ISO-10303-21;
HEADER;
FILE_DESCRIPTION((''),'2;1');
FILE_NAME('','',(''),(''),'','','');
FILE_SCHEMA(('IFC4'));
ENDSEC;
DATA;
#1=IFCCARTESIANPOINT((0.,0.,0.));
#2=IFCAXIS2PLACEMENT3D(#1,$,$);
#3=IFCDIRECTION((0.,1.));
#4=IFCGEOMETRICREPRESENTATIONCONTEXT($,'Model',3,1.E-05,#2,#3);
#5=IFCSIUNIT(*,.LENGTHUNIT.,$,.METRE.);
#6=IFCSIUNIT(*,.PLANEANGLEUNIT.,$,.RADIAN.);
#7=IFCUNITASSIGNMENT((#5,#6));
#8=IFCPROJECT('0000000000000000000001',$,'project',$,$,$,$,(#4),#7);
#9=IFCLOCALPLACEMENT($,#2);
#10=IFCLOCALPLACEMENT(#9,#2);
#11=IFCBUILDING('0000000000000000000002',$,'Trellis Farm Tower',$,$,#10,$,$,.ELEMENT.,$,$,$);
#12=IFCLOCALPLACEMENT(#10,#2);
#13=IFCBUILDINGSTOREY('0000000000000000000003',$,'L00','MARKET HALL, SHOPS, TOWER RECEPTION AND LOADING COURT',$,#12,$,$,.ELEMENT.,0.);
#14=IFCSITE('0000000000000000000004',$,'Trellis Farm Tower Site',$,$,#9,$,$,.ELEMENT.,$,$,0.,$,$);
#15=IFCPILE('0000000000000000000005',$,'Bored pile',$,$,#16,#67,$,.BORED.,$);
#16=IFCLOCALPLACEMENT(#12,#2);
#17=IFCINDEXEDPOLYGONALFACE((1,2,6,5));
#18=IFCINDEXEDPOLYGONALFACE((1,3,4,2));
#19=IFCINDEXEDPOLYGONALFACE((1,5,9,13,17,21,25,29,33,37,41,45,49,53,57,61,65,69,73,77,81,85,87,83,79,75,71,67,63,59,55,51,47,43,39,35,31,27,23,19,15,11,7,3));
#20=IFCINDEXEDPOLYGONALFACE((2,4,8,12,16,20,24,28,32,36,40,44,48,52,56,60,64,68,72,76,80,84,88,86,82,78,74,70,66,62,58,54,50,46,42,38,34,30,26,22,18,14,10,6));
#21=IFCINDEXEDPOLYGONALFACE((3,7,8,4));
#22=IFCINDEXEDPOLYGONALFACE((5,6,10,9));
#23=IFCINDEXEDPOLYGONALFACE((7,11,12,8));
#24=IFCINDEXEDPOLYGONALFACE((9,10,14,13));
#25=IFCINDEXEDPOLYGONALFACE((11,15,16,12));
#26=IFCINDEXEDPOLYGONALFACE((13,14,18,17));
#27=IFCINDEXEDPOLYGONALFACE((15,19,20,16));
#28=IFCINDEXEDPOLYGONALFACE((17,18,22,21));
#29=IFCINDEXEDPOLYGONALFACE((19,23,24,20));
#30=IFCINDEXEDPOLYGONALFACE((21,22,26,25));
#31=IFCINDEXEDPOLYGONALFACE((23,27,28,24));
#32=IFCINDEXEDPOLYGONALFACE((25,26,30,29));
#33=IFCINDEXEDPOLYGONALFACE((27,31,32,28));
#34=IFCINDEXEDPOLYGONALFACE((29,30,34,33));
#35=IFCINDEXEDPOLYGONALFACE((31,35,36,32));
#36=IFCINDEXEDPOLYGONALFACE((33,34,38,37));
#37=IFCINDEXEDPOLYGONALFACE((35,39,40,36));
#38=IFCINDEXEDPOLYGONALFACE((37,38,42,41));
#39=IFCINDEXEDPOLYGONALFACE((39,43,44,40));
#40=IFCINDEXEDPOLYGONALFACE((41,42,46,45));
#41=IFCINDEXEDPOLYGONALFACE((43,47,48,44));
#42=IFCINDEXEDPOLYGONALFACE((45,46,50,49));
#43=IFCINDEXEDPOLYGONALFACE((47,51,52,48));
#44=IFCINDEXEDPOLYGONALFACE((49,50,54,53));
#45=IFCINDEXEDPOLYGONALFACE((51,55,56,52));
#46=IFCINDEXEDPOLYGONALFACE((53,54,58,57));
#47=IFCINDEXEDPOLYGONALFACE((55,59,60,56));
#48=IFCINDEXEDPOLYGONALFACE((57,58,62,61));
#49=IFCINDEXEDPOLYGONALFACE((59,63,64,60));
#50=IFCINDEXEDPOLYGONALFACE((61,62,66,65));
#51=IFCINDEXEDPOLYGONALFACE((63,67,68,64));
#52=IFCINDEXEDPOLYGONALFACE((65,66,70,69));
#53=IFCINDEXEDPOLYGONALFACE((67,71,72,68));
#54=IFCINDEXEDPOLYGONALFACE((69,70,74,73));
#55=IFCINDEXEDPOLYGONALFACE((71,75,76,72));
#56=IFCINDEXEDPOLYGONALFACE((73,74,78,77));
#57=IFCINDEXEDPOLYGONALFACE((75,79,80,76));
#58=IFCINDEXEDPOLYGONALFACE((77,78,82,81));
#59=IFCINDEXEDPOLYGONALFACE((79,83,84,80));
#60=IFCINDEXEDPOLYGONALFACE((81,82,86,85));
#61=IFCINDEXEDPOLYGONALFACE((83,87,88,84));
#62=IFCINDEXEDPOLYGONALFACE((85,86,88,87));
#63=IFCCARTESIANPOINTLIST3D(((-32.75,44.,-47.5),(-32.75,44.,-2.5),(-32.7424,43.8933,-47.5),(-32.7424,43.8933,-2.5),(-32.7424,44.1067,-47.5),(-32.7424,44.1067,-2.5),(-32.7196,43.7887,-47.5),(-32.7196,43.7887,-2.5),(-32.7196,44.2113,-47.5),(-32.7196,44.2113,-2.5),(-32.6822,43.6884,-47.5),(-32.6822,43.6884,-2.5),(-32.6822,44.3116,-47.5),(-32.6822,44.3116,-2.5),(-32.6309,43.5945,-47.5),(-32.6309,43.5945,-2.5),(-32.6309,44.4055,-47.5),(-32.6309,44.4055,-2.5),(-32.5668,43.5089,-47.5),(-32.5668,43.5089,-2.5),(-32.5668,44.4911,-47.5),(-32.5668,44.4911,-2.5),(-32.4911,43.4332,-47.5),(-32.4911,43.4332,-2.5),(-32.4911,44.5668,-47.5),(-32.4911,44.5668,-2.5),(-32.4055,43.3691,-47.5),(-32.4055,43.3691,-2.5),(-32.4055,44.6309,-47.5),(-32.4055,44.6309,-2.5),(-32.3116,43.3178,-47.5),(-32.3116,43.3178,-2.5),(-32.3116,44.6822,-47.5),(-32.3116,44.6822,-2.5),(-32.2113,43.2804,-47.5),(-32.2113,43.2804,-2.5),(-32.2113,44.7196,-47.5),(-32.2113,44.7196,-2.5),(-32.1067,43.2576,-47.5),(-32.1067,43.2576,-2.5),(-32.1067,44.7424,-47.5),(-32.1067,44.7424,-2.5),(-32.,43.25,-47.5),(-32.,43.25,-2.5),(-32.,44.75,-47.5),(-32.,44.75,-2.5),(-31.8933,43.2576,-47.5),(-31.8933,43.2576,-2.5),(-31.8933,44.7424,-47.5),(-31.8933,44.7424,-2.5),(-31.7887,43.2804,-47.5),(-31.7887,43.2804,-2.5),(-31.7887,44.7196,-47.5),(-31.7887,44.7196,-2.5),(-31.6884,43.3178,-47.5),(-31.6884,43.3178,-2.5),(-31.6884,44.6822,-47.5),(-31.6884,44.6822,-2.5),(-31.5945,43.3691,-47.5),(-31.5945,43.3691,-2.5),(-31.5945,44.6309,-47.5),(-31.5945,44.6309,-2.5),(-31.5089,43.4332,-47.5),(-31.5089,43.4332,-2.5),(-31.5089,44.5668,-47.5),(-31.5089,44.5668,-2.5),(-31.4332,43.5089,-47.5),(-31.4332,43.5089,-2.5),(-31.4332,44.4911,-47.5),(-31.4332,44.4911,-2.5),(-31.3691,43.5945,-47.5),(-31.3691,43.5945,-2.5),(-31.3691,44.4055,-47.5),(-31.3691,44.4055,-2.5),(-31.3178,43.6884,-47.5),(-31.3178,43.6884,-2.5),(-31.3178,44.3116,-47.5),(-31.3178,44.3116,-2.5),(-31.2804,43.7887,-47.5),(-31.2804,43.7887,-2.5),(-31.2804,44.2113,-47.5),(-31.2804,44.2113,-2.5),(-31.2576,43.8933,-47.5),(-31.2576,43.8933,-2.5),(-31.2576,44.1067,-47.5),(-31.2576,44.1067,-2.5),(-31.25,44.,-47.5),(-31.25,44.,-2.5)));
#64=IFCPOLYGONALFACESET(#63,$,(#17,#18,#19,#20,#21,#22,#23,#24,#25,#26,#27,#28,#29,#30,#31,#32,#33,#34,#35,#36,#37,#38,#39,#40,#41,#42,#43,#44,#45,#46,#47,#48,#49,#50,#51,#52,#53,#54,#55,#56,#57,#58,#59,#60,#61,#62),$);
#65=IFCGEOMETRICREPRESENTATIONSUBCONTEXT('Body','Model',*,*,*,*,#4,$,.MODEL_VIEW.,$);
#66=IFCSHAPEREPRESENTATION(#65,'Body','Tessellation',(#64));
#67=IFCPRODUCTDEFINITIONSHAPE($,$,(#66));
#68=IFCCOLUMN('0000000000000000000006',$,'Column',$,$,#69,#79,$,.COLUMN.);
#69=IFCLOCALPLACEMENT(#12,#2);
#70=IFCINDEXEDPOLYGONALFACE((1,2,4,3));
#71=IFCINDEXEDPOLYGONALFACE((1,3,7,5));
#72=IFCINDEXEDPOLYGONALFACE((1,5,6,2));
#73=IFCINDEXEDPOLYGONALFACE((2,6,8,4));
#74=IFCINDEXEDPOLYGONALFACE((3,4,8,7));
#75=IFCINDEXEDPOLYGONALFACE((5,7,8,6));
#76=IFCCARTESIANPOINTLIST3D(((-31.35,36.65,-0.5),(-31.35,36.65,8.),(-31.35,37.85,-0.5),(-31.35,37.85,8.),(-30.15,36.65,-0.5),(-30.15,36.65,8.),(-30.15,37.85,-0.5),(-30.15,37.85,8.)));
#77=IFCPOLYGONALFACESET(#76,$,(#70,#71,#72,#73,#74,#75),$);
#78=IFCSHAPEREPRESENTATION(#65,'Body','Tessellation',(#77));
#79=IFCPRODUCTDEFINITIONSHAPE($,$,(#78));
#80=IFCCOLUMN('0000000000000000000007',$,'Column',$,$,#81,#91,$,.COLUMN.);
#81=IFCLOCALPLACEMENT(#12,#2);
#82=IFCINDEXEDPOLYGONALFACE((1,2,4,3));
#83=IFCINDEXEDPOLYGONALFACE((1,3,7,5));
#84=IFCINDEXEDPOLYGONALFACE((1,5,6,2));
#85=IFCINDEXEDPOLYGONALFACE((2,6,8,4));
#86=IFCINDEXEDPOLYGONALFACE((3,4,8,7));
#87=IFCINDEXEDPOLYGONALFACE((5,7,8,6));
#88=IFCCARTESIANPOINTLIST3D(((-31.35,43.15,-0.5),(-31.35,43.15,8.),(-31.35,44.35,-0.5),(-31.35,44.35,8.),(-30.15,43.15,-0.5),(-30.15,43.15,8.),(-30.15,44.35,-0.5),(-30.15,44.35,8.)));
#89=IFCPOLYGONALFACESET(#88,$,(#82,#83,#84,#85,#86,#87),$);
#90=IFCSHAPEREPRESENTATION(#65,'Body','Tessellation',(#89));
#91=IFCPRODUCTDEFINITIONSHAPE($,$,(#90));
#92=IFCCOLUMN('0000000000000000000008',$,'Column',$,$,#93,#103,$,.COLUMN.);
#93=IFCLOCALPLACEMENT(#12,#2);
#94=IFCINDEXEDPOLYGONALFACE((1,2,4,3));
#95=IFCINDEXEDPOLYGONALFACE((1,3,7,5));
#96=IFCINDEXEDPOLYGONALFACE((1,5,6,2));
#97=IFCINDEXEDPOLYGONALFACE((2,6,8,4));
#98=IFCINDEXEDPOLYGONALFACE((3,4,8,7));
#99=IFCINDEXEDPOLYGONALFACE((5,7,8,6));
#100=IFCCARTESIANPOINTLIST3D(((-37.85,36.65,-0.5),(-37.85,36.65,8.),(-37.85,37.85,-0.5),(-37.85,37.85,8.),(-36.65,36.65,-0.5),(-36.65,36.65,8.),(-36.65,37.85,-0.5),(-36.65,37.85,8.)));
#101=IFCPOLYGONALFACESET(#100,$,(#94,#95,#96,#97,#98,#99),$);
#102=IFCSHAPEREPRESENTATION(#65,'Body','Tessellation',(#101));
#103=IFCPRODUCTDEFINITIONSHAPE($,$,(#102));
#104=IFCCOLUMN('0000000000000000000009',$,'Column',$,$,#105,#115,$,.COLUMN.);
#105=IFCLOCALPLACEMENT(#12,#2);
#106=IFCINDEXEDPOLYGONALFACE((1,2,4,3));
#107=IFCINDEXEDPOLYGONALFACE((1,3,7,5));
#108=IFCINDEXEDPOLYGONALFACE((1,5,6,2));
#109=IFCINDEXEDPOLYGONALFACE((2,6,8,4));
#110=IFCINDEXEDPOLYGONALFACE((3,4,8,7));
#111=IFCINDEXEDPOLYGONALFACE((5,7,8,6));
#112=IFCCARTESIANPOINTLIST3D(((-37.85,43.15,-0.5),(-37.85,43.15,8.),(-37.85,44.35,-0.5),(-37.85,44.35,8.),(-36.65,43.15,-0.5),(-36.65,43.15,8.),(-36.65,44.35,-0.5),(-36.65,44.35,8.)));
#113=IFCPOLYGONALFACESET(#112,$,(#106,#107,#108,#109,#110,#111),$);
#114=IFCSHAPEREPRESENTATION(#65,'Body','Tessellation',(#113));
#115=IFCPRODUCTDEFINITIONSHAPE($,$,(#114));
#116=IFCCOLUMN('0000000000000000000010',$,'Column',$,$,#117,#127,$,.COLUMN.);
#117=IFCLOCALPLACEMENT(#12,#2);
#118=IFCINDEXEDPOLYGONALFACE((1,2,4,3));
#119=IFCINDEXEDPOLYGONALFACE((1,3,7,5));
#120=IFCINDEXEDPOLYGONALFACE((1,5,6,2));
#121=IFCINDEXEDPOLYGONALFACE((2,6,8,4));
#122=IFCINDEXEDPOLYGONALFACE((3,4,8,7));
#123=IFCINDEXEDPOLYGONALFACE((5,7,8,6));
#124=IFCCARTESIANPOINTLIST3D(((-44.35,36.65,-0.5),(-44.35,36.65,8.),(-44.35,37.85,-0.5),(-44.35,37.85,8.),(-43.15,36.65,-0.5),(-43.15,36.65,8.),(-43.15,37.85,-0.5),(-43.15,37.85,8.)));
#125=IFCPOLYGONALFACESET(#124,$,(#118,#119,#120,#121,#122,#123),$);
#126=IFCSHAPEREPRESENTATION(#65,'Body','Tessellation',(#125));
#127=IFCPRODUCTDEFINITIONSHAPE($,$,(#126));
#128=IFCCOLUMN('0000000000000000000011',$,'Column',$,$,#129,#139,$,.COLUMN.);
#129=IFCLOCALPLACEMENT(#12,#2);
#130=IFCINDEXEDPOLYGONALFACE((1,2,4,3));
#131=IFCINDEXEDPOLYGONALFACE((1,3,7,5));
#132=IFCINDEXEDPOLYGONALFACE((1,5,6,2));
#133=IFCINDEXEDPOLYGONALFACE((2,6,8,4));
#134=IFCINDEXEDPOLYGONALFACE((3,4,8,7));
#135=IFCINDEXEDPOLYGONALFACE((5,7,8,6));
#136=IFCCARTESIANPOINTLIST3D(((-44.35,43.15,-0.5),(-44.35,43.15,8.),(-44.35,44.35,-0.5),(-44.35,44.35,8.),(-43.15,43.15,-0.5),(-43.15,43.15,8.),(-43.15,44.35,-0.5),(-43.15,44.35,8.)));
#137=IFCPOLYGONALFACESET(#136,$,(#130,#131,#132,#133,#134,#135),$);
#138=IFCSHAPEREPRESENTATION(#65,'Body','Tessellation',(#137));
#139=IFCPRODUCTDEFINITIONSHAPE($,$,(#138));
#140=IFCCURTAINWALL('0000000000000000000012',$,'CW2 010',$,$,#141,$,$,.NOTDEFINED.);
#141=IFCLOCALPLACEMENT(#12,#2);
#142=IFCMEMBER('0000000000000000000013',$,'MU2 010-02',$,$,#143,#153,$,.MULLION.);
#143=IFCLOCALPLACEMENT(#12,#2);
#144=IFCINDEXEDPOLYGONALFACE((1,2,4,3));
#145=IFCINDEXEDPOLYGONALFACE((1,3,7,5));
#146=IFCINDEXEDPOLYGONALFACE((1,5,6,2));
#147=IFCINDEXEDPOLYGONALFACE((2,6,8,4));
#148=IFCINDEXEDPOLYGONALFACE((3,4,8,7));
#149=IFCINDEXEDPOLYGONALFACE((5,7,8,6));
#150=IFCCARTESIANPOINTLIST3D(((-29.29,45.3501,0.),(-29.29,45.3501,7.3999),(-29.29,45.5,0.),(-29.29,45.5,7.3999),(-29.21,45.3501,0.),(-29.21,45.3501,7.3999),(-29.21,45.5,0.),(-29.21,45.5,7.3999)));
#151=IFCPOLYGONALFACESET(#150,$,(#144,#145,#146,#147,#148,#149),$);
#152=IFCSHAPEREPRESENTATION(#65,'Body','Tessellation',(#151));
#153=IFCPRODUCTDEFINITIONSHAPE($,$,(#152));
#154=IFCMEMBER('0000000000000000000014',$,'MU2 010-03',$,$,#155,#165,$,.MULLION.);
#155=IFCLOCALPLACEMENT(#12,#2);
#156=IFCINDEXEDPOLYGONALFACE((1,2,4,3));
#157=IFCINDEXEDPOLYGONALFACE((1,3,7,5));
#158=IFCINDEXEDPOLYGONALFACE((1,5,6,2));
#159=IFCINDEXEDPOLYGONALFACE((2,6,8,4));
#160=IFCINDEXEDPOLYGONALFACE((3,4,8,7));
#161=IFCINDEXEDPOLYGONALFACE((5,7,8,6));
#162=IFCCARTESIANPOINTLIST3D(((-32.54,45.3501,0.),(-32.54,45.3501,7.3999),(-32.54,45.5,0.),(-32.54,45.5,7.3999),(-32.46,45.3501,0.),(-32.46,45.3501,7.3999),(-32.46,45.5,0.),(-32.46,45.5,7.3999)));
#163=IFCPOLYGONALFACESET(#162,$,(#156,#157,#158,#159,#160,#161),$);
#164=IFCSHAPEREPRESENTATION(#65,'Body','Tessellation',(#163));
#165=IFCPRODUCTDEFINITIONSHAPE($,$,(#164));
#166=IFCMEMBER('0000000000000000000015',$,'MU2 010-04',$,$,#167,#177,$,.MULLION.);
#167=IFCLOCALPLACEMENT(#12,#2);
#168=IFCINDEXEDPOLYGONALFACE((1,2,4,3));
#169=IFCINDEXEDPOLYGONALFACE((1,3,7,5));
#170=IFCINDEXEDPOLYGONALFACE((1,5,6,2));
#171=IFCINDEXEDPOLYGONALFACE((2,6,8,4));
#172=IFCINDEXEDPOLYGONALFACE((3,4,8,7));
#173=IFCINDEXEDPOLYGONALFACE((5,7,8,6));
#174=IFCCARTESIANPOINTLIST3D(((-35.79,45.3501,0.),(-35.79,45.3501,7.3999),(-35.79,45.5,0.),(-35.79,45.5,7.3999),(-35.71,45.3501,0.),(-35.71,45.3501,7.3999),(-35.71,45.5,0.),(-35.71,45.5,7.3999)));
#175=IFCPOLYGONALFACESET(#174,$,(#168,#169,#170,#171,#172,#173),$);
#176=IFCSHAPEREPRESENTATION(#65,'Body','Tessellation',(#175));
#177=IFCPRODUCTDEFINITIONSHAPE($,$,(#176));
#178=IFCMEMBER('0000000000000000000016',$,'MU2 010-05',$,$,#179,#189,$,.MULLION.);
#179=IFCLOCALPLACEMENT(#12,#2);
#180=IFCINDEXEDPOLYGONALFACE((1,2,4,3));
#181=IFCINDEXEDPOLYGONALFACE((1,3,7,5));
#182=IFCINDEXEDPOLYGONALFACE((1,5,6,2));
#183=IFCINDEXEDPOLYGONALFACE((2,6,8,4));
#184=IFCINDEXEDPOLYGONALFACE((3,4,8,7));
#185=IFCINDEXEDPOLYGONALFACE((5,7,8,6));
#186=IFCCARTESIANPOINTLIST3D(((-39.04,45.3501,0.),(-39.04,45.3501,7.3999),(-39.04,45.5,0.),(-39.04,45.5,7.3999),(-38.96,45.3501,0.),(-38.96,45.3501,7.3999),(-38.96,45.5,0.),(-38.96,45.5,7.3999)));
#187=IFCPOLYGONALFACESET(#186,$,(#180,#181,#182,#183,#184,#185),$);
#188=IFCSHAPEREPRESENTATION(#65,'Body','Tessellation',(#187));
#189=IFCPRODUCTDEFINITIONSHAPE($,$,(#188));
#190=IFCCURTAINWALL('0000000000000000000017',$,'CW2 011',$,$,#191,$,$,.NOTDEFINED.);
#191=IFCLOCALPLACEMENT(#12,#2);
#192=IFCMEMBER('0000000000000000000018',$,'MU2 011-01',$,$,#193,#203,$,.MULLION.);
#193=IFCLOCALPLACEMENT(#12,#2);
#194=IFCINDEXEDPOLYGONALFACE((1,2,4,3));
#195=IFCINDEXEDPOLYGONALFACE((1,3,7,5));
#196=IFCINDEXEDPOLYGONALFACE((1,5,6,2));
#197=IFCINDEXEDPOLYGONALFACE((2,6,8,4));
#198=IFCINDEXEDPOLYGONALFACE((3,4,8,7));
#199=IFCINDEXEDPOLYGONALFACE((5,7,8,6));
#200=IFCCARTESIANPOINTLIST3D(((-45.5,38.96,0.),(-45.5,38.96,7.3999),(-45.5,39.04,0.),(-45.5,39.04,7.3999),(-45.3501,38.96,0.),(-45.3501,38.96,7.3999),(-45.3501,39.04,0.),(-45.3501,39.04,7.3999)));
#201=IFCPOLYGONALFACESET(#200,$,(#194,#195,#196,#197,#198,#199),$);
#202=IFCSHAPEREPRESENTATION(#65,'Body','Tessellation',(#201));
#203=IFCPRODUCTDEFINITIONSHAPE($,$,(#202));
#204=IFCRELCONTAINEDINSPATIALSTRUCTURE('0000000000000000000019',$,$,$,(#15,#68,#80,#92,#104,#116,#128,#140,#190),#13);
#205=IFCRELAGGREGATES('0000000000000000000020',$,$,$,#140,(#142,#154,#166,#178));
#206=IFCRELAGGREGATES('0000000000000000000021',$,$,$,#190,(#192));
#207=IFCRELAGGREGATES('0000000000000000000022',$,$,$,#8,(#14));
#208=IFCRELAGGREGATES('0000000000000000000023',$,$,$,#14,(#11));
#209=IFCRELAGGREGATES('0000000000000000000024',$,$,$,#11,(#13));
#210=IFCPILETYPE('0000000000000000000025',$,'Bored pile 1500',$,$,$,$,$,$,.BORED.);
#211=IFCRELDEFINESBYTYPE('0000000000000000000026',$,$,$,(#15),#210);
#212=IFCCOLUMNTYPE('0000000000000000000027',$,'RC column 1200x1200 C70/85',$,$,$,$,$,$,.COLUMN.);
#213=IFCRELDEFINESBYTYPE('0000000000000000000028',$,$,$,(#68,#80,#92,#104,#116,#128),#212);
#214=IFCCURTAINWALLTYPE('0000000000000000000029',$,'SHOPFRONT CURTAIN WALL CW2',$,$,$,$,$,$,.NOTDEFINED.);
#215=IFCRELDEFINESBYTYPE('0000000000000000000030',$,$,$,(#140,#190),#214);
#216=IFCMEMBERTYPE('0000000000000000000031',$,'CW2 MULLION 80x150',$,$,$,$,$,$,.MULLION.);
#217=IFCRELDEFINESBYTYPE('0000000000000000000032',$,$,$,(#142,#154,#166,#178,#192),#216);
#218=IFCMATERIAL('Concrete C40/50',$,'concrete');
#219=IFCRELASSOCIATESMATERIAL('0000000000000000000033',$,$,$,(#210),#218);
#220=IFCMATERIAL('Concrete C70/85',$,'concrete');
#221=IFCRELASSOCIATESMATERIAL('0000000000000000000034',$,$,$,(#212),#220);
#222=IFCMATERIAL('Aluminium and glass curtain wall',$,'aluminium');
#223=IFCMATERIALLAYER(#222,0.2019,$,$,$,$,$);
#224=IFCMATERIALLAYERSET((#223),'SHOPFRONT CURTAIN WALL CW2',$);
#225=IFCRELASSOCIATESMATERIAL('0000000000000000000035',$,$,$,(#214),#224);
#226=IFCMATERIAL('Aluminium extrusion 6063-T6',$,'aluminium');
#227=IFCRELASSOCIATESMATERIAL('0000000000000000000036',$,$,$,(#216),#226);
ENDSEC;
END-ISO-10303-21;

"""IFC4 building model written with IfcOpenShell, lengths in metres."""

from ifc_helpers import new_model, si_unit, direction, frame, origin, origin_2d, place, context, subcontext, project, spatial, rectangle, circle, extrude, source, transform, mapped, material, layer, layer_set, material_profile, profile_set, type_object, element, aggregate, save


model = new_model("IFC4")

# Units and contexts
model_context = context("Model", 3, precision=1e-05, world=origin(), true_north=direction((0.0, 1.0)))
body_context = subcontext(model_context, "Body", "Model", "MODEL_VIEW")
ifc_project = project(units=[si_unit("LENGTHUNIT", "METRE"), si_unit("PLANEANGLEUNIT", "RADIAN")], contexts=[model_context])

# Site, building, storey
site_placement = place(None, origin())
site = spatial("IfcSite", under=ifc_project, at=site_placement, Name="Trellis Farm Tower Site", CompositionType="ELEMENT", RefElevation=0.0)
building_placement = place(site_placement, origin())
building = spatial("IfcBuilding", under=site, at=building_placement, Name="Trellis Farm Tower", CompositionType="ELEMENT")
storey_placement = place(building_placement, origin())
storey = spatial("IfcBuildingStorey", under=building, at=storey_placement, Name="L00", Description="MARKET HALL, SHOPS, TOWER RECEPTION AND LOADING COURT", CompositionType="ELEMENT", Elevation=0.0)

# Pile
ifc_material_1 = material(Name="Concrete C40/50", Category="concrete")
ifc_material_profile_1 = material_profile(ifc_material_1, circle(Radius=0.75, at=origin_2d()), Name="Bored pile 1500")
ifc_profile_set_1 = profile_set([ifc_material_profile_1], Name="Concrete C40/50")
pile_type = type_object("IfcPileType", Name="Bored pile 1500", PredefinedType="BORED", material=ifc_profile_set_1)
shared_shape_1 = source(origin(), body_context, "Body", "SweptSolid", [
    extrude(circle(Radius=0.75, at=origin_2d()), origin(), (0.0, 0.0, 1.0), 45.0),
])
for number, where, z_axis, x_axis, name in (
    (1, (-32.0, 44.0, -2.5), (0.0, 0.0, -1.0), (1.0, 0.0, 0.0), "Bored pile"),
):
    element("IfcPile", number, at=place(storey_placement, frame(where, z_axis=z_axis, x_axis=x_axis)), inside=storey, type_object=pile_type, Name=name, PredefinedType="BORED", context=body_context, shape_type="MappedRepresentation", body=[
        mapped(shared_shape_1, transform((0.0, 0.0, 0.0))),
    ])

# Columns
ifc_material_2 = material(Name="Concrete C70/85", Category="concrete")
ifc_material_profile_2 = material_profile(ifc_material_2, rectangle(XDim=1.2, YDim=1.2, at=origin_2d()), Name="RC column 1200x1200 C70/85")
ifc_profile_set_2 = profile_set([ifc_material_profile_2], Name="Concrete C70/85")
column_type = type_object("IfcColumnType", Name="RC column 1200x1200 C70/85", PredefinedType="COLUMN", material=ifc_profile_set_2)
shared_shape_2 = source(origin(), body_context, "Body", "SweptSolid", [
    extrude(rectangle(XDim=1.2, YDim=1.2, at=origin_2d()), origin(), (0.0, 0.0, 1.0), 8.5),
])
for number, where, z_axis, x_axis, name in (
    (2, (-30.75, 37.25, -0.5), (0.0, 0.0, 1.0), (1.0, 0.0, 0.0), "Column"),
    (3, (-30.75, 43.75, -0.5), (0.0, 0.0, 1.0), (1.0, 0.0, 0.0), "Column"),
    (4, (-37.25, 37.25, -0.5), (0.0, 0.0, 1.0), (1.0, 0.0, 0.0), "Column"),
    (5, (-37.25, 43.75, -0.5), (0.0, 0.0, 1.0), (1.0, 0.0, 0.0), "Column"),
    (6, (-43.75, 37.25, -0.5), (0.0, 0.0, 1.0), (1.0, 0.0, 0.0), "Column"),
    (7, (-43.75, 43.75, -0.5), (0.0, 0.0, 1.0), (1.0, 0.0, 0.0), "Column"),
):
    element("IfcColumn", number, at=place(storey_placement, frame(where, z_axis=z_axis, x_axis=x_axis)), inside=storey, type_object=column_type, Name=name, PredefinedType="COLUMN", context=body_context, shape_type="MappedRepresentation", body=[
        mapped(shared_shape_2, transform((0.0, 0.0, 0.0))),
    ])

# Curtain wall, members
ifc_material_3 = material(Name="Aluminium and glass curtain wall", Category="aluminium")
ifc_layer = layer(ifc_material_3, 0.2019)
ifc_layer_set = layer_set([ifc_layer], Name="SHOPFRONT CURTAIN WALL CW2")
curtain_wall_type = type_object("IfcCurtainWallType", Name="SHOPFRONT CURTAIN WALL CW2", PredefinedType="NOTDEFINED", material=ifc_layer_set)
placement = place(storey_placement, origin())
curtain_wall_1 = element("IfcCurtainWall", 8, at=placement, inside=storey, type_object=curtain_wall_type, Name="CW2 010", PredefinedType="NOTDEFINED")
ifc_material_4 = material(Name="Aluminium extrusion 6063-T6", Category="aluminium")
ifc_material_profile_3 = material_profile(ifc_material_4, rectangle(XDim=0.0801, YDim=0.1499, at=origin_2d()), Name="MULLION 80x150")
ifc_profile_set_3 = profile_set([ifc_material_profile_3], Name="Aluminium extrusion 6063-T6")
member_type = type_object("IfcMemberType", Name="CW2 MULLION 80x150", PredefinedType="MULLION", material=ifc_profile_set_3)
shared_shape_3 = source(origin(), body_context, "Body", "SweptSolid", [
    extrude(rectangle(XDim=0.0801, YDim=0.1499, at=origin_2d()), origin(), (0.0, 0.0, 1.0), 7.3999),
])
member_1_placement = place(storey_placement, frame((-29.25, 45.425, 0.0), z_axis=(0.0, 0.0, 1.0), x_axis=(-1.0, 0.0, 0.0)))
member_1 = element("IfcMember", 9, at=member_1_placement, type_object=member_type, Name="MU2 010-02", PredefinedType="MULLION", context=body_context, shape_type="MappedRepresentation", body=[
    mapped(shared_shape_3, transform((0.0, 0.0, 0.0))),
])
member_2_placement = place(storey_placement, frame((-32.5, 45.425, 0.0), z_axis=(0.0, 0.0, 1.0), x_axis=(-1.0, 0.0, 0.0)))
member_2 = element("IfcMember", 10, at=member_2_placement, type_object=member_type, Name="MU2 010-03", PredefinedType="MULLION", context=body_context, shape_type="MappedRepresentation", body=[
    mapped(shared_shape_3, transform((0.0, 0.0, 0.0))),
])
member_3_placement = place(storey_placement, frame((-35.75, 45.425, 0.0), z_axis=(0.0, 0.0, 1.0), x_axis=(-1.0, 0.0, 0.0)))
member_3 = element("IfcMember", 11, at=member_3_placement, type_object=member_type, Name="MU2 010-04", PredefinedType="MULLION", context=body_context, shape_type="MappedRepresentation", body=[
    mapped(shared_shape_3, transform((0.0, 0.0, 0.0))),
])
member_4_placement = place(storey_placement, frame((-39.0, 45.425, 0.0), z_axis=(0.0, 0.0, 1.0), x_axis=(-1.0, 0.0, 0.0)))
member_4 = element("IfcMember", 12, at=member_4_placement, type_object=member_type, Name="MU2 010-05", PredefinedType="MULLION", context=body_context, shape_type="MappedRepresentation", body=[
    mapped(shared_shape_3, transform((0.0, 0.0, 0.0))),
])
aggregate(curtain_wall_1, [member_1, member_2, member_3, member_4])

# Curtain wall, member
curtain_wall_2 = element("IfcCurtainWall", 13, at=placement, inside=storey, type_object=curtain_wall_type, Name="CW2 011", PredefinedType="NOTDEFINED")
member_5_placement = place(storey_placement, frame((-45.425, 39.0, 0.0), z_axis=(0.0, 0.0, 1.0), x_axis=(0.0, -1.0, 0.0)))
member_5 = element("IfcMember", 14, at=member_5_placement, type_object=member_type, Name="MU2 011-01", PredefinedType="MULLION", context=body_context, shape_type="MappedRepresentation", body=[
    mapped(shared_shape_3, transform((0.0, 0.0, 0.0))),
])
aggregate(curtain_wall_2, [member_5])

save(model, "model.ifc")
